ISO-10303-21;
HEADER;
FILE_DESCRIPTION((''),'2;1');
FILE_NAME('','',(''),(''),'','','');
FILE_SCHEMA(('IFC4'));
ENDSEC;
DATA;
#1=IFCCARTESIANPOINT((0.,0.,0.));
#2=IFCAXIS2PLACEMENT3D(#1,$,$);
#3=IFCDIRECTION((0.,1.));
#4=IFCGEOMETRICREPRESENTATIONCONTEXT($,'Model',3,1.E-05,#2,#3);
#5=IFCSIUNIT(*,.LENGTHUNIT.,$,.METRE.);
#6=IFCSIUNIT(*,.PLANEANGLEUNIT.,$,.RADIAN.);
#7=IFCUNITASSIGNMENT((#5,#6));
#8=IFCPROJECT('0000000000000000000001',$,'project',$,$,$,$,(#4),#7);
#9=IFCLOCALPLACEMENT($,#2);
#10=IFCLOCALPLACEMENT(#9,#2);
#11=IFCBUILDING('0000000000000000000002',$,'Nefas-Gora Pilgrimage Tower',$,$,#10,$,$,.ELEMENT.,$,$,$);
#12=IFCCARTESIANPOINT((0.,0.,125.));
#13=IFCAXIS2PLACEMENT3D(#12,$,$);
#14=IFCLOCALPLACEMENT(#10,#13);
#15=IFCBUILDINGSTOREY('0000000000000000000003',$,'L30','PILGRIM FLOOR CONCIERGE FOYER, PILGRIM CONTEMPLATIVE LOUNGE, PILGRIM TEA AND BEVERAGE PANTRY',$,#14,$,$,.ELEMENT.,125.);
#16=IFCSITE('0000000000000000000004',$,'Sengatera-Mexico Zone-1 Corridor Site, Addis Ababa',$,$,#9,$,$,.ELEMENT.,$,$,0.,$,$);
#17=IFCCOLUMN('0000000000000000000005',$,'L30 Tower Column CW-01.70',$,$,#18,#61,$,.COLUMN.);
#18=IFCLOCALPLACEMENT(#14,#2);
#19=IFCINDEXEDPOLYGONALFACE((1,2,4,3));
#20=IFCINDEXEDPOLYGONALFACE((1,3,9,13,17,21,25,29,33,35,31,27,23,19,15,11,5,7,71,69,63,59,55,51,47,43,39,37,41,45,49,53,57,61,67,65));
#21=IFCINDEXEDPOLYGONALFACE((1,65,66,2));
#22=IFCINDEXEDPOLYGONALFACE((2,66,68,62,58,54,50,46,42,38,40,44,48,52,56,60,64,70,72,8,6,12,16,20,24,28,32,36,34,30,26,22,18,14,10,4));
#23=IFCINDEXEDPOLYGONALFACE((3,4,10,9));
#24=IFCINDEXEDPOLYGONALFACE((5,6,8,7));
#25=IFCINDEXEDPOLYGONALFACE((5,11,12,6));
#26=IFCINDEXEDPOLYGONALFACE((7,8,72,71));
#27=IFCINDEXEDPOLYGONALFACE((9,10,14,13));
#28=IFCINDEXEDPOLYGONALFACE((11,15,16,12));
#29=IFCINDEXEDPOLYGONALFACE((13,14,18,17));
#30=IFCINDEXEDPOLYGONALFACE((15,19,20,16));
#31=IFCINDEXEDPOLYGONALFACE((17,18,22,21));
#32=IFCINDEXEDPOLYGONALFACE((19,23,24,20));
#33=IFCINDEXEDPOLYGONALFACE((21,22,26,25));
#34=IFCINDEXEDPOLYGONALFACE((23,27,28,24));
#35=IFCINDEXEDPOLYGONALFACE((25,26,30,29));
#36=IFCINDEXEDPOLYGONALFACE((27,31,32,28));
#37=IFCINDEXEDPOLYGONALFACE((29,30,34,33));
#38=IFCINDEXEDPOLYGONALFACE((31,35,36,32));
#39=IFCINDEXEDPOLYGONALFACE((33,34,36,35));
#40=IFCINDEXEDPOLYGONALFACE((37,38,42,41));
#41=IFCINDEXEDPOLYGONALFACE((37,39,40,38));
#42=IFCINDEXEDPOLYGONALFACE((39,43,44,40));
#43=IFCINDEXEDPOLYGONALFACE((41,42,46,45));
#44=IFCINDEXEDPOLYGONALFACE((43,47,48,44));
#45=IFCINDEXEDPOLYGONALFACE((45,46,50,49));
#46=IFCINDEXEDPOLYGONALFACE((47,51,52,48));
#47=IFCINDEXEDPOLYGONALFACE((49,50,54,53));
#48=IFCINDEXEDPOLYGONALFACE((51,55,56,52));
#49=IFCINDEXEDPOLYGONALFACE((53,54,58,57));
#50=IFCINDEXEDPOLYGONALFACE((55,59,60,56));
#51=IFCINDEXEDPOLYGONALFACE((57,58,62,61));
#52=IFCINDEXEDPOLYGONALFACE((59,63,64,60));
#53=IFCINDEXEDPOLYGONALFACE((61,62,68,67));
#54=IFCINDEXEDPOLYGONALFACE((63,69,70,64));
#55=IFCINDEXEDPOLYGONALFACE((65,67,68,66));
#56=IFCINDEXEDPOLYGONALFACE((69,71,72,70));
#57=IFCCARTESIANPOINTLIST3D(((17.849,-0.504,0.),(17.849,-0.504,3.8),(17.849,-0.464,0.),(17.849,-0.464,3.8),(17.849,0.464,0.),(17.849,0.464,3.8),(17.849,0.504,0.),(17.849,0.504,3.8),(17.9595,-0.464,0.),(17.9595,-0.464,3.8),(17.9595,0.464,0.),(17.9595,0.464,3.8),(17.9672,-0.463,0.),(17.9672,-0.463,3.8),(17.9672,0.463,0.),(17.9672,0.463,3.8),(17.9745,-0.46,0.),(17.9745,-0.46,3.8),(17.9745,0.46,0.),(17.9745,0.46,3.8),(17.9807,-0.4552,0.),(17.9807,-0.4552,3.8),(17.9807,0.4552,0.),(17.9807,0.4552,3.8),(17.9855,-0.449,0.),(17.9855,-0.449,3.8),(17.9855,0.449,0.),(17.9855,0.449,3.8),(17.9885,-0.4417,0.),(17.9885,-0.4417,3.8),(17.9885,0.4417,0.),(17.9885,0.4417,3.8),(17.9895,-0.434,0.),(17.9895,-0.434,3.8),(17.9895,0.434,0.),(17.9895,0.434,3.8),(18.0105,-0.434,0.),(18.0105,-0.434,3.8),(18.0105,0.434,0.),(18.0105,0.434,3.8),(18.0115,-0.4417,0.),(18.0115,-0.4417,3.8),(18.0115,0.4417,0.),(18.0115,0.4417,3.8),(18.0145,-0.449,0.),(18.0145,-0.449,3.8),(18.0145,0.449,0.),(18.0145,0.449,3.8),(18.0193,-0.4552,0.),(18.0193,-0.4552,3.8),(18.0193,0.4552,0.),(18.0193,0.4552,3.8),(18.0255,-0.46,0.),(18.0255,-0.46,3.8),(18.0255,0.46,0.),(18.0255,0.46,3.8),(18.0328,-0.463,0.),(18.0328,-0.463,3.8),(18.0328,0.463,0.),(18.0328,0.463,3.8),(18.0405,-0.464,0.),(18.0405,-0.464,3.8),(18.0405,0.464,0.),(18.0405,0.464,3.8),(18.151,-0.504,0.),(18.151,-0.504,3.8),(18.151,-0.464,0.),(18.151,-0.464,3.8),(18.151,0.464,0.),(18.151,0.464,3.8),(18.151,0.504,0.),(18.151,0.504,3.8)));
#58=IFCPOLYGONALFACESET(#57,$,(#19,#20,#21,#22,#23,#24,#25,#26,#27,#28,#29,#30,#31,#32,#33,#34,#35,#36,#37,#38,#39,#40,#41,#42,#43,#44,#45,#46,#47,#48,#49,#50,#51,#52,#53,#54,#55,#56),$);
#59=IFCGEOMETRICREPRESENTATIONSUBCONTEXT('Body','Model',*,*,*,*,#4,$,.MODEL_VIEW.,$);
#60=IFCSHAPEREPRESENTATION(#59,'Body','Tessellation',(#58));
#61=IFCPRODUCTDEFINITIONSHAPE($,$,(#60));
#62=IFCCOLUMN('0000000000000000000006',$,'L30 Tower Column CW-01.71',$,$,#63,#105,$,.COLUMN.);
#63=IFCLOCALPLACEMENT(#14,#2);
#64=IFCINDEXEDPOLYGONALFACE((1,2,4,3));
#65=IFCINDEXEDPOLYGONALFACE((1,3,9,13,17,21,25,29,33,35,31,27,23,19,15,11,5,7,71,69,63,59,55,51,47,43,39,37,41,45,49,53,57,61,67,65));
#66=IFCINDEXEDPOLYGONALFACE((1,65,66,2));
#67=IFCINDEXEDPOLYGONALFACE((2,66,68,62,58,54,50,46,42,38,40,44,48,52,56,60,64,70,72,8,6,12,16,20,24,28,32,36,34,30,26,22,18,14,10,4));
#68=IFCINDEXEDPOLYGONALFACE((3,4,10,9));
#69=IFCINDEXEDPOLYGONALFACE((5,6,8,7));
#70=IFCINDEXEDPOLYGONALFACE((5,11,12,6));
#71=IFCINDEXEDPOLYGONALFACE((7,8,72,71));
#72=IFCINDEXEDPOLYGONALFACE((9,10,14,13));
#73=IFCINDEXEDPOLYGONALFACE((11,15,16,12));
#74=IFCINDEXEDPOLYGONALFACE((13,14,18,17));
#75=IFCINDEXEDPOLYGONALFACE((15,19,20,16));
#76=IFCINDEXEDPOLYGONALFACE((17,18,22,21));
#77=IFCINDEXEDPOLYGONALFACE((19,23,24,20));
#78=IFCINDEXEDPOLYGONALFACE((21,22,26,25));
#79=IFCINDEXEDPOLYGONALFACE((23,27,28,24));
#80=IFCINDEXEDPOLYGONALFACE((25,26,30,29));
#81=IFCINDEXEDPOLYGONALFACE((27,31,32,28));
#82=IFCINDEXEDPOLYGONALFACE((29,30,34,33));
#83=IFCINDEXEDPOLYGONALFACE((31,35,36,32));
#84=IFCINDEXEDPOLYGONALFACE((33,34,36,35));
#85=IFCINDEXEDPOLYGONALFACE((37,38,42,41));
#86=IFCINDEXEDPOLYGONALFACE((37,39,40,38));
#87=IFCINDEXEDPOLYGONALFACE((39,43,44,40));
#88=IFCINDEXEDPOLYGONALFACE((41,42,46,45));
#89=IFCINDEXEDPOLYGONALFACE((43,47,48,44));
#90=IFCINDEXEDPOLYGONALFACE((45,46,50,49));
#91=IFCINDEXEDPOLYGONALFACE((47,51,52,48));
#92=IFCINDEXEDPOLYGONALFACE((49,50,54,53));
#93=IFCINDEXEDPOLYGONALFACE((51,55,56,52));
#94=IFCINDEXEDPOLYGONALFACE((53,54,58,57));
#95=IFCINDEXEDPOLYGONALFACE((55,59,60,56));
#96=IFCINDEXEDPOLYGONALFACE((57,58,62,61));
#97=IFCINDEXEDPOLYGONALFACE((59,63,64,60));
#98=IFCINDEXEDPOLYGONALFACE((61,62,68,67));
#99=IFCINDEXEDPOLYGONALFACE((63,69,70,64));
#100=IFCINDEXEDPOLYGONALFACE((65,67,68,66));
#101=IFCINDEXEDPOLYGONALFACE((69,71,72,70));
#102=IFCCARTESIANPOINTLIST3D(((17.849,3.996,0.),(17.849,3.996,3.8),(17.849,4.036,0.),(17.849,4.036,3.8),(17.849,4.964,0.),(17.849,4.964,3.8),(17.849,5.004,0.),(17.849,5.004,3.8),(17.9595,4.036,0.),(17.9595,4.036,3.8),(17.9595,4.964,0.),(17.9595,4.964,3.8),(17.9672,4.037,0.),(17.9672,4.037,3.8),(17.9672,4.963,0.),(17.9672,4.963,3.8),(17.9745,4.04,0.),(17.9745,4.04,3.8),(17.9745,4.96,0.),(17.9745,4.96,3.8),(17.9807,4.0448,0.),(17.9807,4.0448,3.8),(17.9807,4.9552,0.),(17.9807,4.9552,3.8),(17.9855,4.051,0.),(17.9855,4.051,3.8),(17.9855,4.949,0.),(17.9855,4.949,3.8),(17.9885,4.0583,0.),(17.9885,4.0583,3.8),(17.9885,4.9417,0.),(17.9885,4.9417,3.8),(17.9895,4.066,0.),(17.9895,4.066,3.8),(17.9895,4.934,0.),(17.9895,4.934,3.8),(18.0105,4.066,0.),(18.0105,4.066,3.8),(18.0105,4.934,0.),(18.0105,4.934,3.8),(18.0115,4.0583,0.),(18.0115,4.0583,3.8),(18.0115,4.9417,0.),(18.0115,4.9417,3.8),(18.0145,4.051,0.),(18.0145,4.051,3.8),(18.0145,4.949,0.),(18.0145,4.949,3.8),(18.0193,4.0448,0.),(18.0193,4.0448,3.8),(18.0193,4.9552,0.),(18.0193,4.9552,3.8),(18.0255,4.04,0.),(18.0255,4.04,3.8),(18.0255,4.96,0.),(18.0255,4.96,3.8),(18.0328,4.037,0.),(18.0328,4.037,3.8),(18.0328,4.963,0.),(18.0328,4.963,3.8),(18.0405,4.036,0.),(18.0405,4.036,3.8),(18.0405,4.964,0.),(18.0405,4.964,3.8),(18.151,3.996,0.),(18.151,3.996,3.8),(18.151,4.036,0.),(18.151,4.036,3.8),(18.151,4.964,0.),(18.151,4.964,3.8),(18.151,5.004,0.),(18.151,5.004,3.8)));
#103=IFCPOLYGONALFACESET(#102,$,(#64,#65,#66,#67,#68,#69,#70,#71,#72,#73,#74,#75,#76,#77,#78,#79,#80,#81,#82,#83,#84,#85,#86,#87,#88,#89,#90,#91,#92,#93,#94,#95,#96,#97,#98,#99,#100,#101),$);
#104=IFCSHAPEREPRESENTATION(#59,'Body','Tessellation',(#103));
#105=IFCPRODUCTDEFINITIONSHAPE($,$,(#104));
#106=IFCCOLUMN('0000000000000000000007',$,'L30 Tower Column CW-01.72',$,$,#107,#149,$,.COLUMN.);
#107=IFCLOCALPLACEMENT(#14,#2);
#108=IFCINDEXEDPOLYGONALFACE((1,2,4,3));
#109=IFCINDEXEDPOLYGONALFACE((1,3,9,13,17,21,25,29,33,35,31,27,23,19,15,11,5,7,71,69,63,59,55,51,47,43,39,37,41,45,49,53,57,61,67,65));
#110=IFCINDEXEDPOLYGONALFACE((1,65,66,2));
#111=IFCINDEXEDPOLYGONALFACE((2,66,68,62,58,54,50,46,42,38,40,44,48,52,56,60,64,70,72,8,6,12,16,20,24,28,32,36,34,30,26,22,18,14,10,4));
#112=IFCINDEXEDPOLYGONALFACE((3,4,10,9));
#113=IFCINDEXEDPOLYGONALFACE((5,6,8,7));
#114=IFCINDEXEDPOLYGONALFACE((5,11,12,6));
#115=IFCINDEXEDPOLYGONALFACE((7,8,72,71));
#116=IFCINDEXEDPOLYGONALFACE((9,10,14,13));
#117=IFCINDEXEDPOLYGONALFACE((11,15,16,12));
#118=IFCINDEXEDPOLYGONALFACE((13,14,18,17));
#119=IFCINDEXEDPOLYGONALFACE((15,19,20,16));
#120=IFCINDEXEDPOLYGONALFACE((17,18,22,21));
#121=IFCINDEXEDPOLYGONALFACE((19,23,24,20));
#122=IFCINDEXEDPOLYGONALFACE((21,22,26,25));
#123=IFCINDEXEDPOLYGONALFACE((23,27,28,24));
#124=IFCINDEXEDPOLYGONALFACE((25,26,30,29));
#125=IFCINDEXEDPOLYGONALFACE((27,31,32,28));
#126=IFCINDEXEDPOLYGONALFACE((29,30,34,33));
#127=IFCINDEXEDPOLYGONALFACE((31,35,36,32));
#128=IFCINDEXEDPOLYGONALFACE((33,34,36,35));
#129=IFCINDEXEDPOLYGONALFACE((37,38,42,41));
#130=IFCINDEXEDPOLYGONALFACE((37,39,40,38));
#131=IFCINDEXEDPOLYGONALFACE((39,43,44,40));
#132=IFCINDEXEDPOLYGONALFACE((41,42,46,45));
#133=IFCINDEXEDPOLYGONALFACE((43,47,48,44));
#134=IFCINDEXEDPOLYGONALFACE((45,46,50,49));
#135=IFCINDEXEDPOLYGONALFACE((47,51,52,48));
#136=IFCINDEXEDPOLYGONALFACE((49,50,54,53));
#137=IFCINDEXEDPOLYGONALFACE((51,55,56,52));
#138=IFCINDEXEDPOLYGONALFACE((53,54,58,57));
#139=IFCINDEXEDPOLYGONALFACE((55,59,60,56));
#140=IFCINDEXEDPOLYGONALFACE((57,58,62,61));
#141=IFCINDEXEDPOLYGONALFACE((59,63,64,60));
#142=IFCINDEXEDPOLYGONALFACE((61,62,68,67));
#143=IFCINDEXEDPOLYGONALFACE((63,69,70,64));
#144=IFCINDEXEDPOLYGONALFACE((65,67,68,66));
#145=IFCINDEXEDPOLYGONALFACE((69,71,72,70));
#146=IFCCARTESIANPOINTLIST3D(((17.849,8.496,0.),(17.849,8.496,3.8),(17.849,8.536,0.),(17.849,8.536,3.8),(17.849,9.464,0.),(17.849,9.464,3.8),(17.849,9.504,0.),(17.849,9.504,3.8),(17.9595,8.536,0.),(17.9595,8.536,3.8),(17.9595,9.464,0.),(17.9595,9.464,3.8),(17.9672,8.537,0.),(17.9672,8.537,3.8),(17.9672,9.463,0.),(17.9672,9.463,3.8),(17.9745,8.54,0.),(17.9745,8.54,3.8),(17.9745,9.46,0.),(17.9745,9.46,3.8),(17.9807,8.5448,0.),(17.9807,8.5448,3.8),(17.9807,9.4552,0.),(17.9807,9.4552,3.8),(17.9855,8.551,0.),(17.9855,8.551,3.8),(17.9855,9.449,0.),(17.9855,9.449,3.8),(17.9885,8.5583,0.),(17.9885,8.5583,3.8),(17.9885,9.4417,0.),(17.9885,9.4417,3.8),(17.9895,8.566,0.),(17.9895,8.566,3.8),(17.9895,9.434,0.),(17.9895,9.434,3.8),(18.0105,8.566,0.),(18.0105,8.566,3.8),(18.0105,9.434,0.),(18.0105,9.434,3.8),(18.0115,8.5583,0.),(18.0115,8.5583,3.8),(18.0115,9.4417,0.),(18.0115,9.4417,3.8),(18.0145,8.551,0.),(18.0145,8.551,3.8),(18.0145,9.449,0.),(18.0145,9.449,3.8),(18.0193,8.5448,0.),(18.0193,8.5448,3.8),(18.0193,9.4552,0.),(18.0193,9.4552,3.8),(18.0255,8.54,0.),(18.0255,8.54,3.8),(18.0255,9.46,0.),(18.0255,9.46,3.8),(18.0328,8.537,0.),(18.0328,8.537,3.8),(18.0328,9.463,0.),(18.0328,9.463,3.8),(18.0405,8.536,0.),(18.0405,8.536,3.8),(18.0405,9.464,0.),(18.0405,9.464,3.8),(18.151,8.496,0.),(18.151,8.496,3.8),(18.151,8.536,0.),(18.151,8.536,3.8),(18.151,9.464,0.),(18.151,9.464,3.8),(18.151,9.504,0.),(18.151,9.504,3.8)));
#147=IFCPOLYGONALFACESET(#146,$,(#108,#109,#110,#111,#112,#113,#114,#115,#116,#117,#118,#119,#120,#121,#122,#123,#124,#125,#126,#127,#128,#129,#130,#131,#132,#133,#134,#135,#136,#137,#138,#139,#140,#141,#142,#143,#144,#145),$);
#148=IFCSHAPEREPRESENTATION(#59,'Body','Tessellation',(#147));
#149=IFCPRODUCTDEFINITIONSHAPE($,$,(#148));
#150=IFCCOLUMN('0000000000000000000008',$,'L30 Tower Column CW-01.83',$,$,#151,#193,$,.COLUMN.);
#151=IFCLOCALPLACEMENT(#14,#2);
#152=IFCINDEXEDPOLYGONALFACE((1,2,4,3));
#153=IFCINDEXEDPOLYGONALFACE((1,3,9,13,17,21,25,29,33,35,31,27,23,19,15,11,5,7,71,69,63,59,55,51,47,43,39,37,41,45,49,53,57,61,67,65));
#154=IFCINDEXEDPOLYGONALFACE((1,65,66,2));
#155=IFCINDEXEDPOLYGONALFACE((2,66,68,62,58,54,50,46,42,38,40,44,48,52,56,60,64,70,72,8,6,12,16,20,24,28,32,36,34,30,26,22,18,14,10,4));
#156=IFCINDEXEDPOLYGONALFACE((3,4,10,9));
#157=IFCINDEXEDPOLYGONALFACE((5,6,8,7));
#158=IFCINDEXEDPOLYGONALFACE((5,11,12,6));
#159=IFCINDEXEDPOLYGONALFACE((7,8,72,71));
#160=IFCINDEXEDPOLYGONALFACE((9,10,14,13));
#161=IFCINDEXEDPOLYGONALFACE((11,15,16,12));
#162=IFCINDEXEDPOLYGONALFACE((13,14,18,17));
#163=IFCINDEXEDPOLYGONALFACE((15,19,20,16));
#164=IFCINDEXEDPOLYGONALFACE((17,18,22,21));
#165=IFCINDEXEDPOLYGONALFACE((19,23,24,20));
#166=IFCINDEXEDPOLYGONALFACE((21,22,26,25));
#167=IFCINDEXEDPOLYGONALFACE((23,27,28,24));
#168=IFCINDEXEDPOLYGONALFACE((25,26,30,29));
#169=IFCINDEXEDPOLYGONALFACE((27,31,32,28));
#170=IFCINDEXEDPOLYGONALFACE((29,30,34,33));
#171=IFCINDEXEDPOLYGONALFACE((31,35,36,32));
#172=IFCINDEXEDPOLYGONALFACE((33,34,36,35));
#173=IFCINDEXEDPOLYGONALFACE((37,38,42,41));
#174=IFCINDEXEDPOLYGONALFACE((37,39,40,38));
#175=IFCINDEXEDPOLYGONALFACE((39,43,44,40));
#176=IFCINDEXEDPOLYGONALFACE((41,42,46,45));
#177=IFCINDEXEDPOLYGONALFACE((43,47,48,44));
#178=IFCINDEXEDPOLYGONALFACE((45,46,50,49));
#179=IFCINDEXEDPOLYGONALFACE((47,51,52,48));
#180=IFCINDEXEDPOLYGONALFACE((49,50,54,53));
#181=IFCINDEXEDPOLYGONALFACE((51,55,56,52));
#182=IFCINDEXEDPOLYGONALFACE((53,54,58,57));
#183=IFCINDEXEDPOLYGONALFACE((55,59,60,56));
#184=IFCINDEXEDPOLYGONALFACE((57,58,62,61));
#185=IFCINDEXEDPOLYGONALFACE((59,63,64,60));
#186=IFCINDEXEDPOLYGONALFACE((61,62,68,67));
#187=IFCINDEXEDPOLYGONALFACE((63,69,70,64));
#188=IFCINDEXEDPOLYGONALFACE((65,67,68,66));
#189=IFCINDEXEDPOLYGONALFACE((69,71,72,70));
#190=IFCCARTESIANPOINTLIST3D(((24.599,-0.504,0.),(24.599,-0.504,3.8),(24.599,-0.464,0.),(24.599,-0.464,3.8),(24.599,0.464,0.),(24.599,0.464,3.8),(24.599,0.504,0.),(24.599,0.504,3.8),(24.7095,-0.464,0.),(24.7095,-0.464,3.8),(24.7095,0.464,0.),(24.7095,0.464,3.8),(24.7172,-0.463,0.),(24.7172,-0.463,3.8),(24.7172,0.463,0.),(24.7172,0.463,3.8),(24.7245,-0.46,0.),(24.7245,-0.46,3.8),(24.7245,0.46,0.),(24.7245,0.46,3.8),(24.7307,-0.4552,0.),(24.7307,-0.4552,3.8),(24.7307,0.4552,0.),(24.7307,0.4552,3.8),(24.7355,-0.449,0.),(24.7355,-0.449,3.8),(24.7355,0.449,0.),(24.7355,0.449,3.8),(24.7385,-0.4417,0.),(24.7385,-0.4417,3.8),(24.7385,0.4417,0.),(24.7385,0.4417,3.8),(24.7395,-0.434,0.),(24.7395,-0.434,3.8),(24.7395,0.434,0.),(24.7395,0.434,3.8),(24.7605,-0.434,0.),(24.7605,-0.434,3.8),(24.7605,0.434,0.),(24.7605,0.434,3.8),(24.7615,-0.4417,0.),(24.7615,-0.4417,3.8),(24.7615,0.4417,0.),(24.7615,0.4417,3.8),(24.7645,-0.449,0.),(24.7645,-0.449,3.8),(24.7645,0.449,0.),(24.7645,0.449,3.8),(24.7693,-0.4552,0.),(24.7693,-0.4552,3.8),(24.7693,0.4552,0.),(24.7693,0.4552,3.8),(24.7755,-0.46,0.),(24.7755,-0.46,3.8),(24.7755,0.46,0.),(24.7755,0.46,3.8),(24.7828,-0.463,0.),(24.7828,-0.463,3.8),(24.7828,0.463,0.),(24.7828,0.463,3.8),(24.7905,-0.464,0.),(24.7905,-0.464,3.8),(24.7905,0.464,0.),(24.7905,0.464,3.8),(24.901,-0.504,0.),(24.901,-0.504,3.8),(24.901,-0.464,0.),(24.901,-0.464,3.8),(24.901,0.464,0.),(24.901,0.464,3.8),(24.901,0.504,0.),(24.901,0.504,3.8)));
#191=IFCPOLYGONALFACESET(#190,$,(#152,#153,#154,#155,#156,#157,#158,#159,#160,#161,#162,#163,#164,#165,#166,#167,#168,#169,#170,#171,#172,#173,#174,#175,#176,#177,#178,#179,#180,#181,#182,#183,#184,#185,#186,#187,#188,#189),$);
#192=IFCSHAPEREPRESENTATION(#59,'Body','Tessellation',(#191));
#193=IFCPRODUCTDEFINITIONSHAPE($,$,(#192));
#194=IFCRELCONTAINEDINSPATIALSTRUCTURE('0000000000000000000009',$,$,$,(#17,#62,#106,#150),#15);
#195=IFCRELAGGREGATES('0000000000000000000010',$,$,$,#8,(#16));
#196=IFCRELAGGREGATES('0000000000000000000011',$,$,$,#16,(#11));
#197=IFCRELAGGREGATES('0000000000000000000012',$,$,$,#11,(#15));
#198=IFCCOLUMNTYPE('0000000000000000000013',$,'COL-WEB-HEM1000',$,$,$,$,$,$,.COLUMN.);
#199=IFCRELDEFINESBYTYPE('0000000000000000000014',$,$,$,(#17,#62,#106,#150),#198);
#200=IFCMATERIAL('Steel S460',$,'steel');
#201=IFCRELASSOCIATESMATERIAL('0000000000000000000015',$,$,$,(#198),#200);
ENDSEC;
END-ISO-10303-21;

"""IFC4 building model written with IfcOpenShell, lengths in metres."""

from ifc_helpers import new_model, si_unit, direction, frame, origin, origin_2d, place, context, subcontext, project, spatial, i_section, extrude, source, transform, mapped, material, material_profile, profile_set, type_object, element, save


model = new_model("IFC4")

# Units and contexts
model_context = context("Model", 3, precision=1e-05, world=origin(), true_north=direction((0.0, 1.0)))
body_context = subcontext(model_context, "Body", "Model", "MODEL_VIEW")
ifc_project = project(units=[si_unit("LENGTHUNIT", "METRE"), si_unit("PLANEANGLEUNIT", "RADIAN")], contexts=[model_context])

# Site, building, storey
site_placement = place(None, origin())
site = spatial("IfcSite", under=ifc_project, at=site_placement, Name="Sengatera-Mexico Zone-1 Corridor Site, Addis Ababa", CompositionType="ELEMENT", RefElevation=0.0)
building_placement = place(site_placement, origin())
building = spatial("IfcBuilding", under=site, at=building_placement, Name="Nefas-Gora Pilgrimage Tower", CompositionType="ELEMENT")
storey_placement = place(building_placement, frame((0.0, 0.0, 125.0)))
storey = spatial("IfcBuildingStorey", under=building, at=storey_placement, Name="L30", Description="PILGRIM FLOOR CONCIERGE FOYER, PILGRIM CONTEMPLATIVE LOUNGE, PILGRIM TEA AND BEVERAGE PANTRY", CompositionType="ELEMENT", Elevation=125.0)

# Columns
ifc_material_1 = material(Name="Steel S460", Category="steel")
ifc_material_profile_1 = material_profile(ifc_material_1, i_section(OverallWidth=0.302, OverallDepth=1.0081, WebThickness=0.021, FlangeThickness=0.04, FilletRadius=0.03, at=origin_2d()), Name="HEM 1000")
ifc_profile_set_1 = profile_set([ifc_material_profile_1], Name="Steel S460")
column_type_1 = type_object("IfcColumnType", Name="COL-WEB-HEM1000", PredefinedType="COLUMN", material=ifc_profile_set_1)
shared_shape_1 = source(origin(), body_context, "Body", "SweptSolid", [
    extrude(i_section(OverallWidth=0.302, OverallDepth=1.0081, WebThickness=0.021, FlangeThickness=0.04, FilletRadius=0.03, at=origin_2d()), origin(), (0.0, 0.0, 1.0), 3.8),
])
for number, where, z_axis, x_axis, name in (
    (1, (18.0, 0.0, 0.0), (0.0, 0.0, 1.0), (1.0, 0.0, 0.0), "L30 Tower Column CW-01.70"),
    (2, (18.0, 4.5, 0.0), (0.0, 0.0, 1.0), (1.0, 0.0, 0.0), "L30 Tower Column CW-01.71"),
    (3, (18.0, 9.0, 0.0), (0.0, 0.0, 1.0), (1.0, 0.0, 0.0), "L30 Tower Column CW-01.72"),
    (4, (24.75, 0.0, 0.0), (0.0, 0.0, 1.0), (1.0, 0.0, 0.0), "L30 Tower Column CW-01.83"),
):
    element("IfcColumn", number, at=place(storey_placement, frame(where, z_axis=z_axis, x_axis=x_axis)), inside=storey, type_object=column_type_1, Name=name, PredefinedType="COLUMN", context=body_context, shape_type="MappedRepresentation", body=[
        mapped(shared_shape_1, transform((0.0, 0.0, 0.0), x_axis=(1.0, 0.0, 0.0), y_axis=(0.0, 1.0, 0.0), z_axis=(0.0, 0.0, 1.0), scale=1.0)),
    ])

save(model, "model.ifc")
